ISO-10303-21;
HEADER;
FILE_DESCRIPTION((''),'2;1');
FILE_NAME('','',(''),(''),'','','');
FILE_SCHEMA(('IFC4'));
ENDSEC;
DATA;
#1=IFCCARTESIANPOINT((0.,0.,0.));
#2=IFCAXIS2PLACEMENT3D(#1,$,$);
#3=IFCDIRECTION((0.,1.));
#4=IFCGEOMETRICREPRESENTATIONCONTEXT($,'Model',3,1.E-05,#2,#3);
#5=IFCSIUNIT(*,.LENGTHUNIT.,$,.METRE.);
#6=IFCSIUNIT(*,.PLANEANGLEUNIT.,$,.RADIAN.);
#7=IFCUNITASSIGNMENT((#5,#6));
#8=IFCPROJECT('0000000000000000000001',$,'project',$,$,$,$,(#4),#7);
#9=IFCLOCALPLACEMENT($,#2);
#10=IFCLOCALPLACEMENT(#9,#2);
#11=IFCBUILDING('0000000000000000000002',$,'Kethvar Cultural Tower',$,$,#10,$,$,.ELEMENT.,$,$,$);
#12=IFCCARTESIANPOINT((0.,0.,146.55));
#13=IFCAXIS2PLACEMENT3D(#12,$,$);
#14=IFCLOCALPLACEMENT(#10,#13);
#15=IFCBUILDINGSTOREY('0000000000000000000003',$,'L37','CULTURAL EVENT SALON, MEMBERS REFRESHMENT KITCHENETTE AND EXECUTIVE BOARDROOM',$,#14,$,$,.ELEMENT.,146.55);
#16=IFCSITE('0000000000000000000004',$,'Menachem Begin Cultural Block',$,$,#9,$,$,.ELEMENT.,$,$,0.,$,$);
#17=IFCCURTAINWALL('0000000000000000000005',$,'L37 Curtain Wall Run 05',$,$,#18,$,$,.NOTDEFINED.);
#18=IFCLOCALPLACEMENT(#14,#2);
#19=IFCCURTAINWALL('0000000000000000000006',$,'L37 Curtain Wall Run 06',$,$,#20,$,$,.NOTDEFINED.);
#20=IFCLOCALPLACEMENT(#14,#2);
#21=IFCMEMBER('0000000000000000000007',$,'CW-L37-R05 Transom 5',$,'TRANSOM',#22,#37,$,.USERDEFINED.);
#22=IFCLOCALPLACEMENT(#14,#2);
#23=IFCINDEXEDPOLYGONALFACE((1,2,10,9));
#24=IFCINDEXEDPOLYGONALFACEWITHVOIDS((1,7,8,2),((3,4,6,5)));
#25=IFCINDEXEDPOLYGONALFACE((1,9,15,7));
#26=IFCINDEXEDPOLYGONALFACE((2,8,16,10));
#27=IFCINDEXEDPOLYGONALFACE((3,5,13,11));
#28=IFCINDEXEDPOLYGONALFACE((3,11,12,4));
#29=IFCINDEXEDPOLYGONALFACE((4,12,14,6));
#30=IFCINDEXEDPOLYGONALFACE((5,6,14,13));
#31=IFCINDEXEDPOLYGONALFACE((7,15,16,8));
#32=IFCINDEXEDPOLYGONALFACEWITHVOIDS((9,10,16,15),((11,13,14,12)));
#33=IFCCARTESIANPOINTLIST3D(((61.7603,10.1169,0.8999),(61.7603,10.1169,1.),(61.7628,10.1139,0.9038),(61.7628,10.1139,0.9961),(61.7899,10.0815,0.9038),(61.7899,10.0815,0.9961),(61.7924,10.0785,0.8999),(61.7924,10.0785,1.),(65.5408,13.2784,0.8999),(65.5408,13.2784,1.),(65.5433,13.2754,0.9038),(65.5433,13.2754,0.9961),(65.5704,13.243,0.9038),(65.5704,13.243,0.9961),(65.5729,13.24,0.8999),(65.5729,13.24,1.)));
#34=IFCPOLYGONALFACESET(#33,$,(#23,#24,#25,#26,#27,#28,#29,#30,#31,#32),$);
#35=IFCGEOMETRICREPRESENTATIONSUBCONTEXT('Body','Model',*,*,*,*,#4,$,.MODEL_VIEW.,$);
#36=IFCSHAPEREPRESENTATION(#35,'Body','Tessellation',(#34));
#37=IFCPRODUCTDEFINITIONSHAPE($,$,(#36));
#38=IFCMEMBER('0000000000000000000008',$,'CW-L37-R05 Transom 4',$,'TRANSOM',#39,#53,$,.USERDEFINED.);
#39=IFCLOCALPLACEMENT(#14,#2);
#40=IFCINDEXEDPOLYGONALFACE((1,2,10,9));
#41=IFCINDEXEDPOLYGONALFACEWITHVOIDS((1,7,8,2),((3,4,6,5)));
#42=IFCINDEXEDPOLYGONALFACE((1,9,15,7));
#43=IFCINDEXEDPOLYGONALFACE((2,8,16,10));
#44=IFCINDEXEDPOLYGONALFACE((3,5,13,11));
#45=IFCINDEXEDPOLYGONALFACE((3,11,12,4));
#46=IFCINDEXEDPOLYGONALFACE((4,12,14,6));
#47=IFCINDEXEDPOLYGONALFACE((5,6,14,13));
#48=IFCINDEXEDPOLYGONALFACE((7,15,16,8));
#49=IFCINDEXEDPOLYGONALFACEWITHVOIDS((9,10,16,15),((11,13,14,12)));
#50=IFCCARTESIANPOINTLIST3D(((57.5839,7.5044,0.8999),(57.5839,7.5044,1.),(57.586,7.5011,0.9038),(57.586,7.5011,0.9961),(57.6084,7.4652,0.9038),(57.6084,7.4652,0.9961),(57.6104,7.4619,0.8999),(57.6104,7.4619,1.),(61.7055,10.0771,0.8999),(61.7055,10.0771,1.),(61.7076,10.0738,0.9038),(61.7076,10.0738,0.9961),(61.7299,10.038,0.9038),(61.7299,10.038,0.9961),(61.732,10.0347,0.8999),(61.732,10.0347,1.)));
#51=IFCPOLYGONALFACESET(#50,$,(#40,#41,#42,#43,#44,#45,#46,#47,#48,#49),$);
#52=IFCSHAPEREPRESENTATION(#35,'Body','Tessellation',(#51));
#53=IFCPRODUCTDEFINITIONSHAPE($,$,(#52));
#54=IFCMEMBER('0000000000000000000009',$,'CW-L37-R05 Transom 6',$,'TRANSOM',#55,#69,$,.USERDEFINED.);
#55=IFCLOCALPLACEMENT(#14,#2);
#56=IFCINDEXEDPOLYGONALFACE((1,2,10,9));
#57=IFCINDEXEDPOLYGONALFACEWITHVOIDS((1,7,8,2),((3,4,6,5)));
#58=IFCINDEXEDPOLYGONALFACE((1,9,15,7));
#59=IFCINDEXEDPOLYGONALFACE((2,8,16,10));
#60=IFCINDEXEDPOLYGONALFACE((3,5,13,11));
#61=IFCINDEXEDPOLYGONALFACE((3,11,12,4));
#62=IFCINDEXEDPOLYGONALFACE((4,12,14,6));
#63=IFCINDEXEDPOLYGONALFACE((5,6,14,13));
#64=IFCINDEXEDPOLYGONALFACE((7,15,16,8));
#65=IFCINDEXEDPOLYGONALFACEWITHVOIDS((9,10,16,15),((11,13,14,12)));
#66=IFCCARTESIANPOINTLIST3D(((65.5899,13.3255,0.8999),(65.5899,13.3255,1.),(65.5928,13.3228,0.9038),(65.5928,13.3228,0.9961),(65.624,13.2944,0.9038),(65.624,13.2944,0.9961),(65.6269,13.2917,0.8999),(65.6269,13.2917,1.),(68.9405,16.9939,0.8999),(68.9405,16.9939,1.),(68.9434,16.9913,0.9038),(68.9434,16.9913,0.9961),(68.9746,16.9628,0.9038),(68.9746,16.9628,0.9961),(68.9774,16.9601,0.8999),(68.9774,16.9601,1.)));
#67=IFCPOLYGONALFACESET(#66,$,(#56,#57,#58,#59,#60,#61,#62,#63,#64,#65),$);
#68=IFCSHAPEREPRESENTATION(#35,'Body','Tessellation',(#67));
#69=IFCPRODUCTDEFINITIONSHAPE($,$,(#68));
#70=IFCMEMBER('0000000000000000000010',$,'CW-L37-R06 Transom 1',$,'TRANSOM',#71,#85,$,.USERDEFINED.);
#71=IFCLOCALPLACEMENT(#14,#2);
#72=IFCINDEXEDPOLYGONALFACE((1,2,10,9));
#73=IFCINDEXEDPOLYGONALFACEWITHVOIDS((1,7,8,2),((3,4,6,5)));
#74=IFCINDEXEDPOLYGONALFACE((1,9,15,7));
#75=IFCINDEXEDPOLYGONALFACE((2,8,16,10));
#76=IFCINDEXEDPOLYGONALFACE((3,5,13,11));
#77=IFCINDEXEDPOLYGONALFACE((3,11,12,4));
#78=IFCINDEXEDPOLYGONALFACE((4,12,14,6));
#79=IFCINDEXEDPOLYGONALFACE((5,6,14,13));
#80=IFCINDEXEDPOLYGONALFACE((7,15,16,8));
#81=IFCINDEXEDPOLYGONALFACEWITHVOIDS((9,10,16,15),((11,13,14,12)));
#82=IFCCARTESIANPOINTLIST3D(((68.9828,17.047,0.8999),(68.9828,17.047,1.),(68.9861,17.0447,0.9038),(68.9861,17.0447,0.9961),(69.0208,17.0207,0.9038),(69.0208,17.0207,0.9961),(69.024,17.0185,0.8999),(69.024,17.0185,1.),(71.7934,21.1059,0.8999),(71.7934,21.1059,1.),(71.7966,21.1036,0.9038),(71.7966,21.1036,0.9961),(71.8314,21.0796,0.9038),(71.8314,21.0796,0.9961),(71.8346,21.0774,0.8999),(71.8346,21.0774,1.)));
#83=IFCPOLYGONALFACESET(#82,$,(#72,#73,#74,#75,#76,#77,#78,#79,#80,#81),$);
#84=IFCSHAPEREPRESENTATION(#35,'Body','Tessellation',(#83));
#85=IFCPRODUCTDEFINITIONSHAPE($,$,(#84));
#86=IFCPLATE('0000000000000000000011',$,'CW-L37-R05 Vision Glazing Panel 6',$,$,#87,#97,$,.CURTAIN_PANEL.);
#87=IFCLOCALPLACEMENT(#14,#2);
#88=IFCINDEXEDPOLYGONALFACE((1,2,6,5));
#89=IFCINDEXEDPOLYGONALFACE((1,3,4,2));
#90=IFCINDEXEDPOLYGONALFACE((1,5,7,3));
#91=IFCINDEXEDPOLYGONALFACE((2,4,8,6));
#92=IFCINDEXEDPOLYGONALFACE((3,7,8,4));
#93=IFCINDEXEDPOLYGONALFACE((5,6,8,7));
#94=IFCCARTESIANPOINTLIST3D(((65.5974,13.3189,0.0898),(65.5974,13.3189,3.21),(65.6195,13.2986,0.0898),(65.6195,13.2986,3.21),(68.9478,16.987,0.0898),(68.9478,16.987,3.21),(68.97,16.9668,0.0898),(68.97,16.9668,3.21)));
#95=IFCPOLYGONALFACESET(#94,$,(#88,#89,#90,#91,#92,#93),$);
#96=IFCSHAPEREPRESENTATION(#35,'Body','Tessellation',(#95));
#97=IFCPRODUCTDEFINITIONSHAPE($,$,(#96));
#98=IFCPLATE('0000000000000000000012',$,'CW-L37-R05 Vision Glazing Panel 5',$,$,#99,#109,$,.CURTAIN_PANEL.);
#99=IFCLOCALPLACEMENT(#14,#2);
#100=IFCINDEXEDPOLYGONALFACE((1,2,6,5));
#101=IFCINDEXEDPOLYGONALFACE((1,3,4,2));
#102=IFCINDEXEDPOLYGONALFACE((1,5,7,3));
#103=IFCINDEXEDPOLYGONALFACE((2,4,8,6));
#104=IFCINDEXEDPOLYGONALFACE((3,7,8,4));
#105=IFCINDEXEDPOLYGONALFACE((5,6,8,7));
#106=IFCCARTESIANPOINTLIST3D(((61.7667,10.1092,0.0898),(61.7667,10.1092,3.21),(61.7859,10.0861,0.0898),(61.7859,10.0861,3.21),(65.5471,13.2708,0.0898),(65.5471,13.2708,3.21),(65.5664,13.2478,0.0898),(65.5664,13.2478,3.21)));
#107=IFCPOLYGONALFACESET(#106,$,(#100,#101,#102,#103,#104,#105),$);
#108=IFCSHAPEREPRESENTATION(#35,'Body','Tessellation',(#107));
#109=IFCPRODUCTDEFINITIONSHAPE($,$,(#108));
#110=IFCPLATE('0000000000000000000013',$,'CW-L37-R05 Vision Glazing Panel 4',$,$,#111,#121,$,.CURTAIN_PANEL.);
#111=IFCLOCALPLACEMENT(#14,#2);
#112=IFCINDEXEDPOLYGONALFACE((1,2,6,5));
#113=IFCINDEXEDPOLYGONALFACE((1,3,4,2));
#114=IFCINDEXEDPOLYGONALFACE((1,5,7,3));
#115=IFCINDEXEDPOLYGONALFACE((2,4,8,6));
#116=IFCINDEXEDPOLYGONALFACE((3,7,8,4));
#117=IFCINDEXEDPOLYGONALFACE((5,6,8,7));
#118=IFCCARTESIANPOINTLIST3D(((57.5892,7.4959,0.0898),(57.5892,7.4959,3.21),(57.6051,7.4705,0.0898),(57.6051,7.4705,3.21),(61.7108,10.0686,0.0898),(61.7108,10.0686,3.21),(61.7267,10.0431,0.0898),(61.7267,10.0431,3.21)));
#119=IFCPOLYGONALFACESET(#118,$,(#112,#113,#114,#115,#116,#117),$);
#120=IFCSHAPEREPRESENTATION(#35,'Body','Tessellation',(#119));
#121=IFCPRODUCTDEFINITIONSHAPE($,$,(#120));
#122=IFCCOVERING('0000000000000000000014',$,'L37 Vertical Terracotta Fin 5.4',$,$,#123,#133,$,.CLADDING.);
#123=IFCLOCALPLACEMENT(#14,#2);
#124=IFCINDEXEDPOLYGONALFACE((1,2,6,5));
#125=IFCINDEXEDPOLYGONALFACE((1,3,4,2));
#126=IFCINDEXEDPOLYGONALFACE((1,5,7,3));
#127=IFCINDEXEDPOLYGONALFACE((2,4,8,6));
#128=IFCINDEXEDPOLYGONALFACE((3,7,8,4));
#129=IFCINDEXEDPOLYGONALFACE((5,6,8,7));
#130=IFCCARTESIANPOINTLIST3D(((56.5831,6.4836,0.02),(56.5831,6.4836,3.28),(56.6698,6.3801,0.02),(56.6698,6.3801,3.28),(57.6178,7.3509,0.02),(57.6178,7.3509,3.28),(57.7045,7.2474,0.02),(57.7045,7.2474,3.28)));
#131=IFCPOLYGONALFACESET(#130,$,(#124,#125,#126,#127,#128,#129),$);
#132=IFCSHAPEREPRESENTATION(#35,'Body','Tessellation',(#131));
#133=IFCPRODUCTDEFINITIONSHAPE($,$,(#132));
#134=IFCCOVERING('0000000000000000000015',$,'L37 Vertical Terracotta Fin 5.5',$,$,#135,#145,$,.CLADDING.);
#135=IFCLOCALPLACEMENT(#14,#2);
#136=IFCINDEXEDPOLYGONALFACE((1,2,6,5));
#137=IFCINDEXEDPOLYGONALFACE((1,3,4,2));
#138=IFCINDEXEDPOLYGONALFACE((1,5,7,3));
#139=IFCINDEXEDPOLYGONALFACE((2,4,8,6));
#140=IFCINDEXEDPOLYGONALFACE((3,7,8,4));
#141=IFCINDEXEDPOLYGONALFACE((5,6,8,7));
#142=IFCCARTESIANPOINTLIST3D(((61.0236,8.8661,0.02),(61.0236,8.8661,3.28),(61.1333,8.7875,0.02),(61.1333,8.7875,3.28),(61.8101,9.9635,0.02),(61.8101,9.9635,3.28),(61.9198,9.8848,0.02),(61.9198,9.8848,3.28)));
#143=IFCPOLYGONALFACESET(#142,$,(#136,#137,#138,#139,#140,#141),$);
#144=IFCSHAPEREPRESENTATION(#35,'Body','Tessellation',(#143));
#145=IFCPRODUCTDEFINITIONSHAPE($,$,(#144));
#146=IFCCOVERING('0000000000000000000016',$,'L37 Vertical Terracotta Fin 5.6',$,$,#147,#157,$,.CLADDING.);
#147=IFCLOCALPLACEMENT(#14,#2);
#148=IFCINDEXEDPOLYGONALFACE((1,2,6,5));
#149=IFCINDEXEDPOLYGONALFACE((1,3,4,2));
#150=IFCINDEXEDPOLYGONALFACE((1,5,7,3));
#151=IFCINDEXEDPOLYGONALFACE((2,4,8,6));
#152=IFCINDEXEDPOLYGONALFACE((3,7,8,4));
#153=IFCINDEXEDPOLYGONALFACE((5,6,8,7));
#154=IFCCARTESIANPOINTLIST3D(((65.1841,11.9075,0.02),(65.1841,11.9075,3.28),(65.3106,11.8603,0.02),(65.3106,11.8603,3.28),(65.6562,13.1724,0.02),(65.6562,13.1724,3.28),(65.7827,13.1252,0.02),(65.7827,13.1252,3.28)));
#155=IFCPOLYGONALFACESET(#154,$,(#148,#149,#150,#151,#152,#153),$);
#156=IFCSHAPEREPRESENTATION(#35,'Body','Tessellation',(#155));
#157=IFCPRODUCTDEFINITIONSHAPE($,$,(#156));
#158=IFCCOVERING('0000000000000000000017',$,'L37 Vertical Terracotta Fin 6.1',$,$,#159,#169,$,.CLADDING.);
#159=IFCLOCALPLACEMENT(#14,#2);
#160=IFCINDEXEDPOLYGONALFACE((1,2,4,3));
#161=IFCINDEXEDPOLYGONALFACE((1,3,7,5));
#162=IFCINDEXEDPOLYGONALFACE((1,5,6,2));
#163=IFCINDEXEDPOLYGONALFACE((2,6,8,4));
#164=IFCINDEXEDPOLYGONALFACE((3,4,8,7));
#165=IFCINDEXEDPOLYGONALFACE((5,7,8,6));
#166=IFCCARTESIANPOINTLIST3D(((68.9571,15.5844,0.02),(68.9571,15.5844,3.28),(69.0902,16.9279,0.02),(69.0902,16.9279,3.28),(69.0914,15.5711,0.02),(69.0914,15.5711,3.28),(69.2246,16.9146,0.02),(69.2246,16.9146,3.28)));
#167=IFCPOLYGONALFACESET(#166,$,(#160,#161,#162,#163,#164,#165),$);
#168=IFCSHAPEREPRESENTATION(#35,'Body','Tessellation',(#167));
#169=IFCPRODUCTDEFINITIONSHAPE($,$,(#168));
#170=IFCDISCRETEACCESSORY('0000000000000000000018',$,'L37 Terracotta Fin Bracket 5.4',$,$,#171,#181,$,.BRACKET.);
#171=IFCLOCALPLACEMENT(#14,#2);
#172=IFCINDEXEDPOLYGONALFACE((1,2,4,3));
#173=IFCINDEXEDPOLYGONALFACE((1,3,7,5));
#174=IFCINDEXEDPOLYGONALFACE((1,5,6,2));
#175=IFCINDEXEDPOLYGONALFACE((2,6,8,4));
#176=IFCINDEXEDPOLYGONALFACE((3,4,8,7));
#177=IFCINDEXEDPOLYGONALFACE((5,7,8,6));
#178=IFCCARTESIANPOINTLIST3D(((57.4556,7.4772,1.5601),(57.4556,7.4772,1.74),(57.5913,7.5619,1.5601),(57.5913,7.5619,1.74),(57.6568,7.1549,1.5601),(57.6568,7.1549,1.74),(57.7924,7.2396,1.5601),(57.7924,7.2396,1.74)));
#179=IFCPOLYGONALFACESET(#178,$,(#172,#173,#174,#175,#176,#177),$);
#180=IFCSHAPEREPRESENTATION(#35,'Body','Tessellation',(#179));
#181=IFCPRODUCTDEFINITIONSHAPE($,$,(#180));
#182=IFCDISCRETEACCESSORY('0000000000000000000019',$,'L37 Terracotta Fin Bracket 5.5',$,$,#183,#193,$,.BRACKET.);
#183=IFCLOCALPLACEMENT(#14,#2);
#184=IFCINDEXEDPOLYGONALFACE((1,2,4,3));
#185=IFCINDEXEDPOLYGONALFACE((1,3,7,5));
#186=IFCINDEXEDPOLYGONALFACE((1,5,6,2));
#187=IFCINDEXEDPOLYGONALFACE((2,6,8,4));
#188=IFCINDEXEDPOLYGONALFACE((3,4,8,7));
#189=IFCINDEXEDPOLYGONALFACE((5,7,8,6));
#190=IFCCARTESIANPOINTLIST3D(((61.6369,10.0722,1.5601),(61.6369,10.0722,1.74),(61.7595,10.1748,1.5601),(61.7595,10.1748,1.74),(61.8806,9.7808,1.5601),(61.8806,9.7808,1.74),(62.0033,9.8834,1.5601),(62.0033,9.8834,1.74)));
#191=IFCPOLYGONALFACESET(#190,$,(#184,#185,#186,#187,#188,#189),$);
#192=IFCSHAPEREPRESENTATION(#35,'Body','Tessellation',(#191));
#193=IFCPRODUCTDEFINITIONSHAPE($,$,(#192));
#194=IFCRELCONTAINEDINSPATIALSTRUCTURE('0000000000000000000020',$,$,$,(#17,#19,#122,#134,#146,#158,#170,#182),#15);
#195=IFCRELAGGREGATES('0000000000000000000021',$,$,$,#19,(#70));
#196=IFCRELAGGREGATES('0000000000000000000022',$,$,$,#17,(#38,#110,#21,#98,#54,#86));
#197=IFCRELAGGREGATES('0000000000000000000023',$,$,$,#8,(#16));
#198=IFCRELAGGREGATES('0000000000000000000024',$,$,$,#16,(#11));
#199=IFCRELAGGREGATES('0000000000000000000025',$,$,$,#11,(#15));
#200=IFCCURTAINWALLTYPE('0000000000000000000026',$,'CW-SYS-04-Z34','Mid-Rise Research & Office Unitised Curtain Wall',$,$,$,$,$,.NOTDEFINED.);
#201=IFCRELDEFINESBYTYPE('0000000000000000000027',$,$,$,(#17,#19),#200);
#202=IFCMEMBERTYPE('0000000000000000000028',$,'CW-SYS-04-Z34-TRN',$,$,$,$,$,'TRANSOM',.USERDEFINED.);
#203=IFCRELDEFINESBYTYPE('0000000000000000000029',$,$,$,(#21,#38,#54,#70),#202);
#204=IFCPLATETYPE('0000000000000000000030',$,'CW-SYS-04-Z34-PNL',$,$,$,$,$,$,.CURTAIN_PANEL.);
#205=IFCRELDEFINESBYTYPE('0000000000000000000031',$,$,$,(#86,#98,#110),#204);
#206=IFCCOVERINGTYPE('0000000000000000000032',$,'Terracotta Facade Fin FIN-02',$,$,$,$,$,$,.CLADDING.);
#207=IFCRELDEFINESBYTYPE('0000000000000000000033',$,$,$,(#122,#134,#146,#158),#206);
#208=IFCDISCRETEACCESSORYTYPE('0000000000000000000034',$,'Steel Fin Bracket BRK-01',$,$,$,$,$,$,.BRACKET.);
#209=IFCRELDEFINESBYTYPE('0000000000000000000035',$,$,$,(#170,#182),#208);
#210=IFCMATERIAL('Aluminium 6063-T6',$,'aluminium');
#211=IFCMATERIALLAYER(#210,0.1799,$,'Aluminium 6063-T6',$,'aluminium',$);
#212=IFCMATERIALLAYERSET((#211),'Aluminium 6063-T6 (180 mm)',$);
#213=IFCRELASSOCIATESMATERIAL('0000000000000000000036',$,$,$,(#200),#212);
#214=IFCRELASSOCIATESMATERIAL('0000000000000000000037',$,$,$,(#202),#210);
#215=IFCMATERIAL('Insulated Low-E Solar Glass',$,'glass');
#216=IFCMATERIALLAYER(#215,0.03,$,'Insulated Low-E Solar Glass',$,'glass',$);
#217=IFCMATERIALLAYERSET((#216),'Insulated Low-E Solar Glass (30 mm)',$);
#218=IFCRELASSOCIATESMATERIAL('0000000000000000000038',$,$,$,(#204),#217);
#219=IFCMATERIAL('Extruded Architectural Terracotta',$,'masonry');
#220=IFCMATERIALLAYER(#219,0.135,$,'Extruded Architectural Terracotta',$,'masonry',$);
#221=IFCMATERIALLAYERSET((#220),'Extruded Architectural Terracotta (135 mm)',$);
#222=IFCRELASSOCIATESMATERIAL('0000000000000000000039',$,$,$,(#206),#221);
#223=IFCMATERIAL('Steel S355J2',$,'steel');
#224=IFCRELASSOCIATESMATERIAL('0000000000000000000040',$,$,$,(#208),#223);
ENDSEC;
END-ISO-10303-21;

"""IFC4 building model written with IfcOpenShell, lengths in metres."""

from ifc_helpers import new_model, si_unit, direction, frame, origin, origin_2d, place, context, subcontext, project, spatial, rectangle, hollow_rectangle, extrude, source, transform, mapped, material, layer, layer_set, material_profile, profile_set, type_object, element, aggregate, save


model = new_model("IFC4")

# Units and contexts
model_context = context("Model", 3, precision=1e-05, world=origin(), true_north=direction((0.0, 1.0)))
body_context = subcontext(model_context, "Body", "Model", "MODEL_VIEW")
ifc_project = project(units=[si_unit("LENGTHUNIT", "METRE"), si_unit("PLANEANGLEUNIT", "RADIAN")], contexts=[model_context])

# Site, building, storey
site_placement = place(None, origin())
site = spatial("IfcSite", under=ifc_project, at=site_placement, Name="Menachem Begin Cultural Block", CompositionType="ELEMENT", RefElevation=0.0)
building_placement = place(site_placement, origin())
building = spatial("IfcBuilding", under=site, at=building_placement, Name="Kethvar Cultural Tower", CompositionType="ELEMENT")
storey_placement = place(building_placement, frame((0.0, 0.0, 146.55)))
storey = spatial("IfcBuildingStorey", under=building, at=storey_placement, Name="L37", Description="CULTURAL EVENT SALON, MEMBERS REFRESHMENT KITCHENETTE AND EXECUTIVE BOARDROOM", CompositionType="ELEMENT", Elevation=146.55)

# Shared definitions
ifc_material_1 = material(Name="Steel S355J2", Category="steel")

# Curtain wall
ifc_material_2 = material(Name="Aluminium 6063-T6", Category="aluminium")
ifc_layer_1 = layer(ifc_material_2, 0.1799, Name="Aluminium 6063-T6", Category="aluminium")
ifc_layer_set_1 = layer_set([ifc_layer_1], Name="Aluminium 6063-T6 (180 mm)")
curtain_wall_type = type_object("IfcCurtainWallType", Name="CW-SYS-04-Z34", Description="Mid-Rise Research & Office Unitised Curtain Wall", PredefinedType="NOTDEFINED", material=ifc_layer_set_1)
curtain_wall_1_placement = place(storey_placement, origin())
curtain_wall_1 = element("IfcCurtainWall", 1, at=curtain_wall_1_placement, inside=storey, type_object=curtain_wall_type, Name="L37 Curtain Wall Run 05", PredefinedType="NOTDEFINED")

# Curtain wall
curtain_wall_2_placement = place(storey_placement, origin())
curtain_wall_2 = element("IfcCurtainWall", 2, at=curtain_wall_2_placement, inside=storey, type_object=curtain_wall_type, Name="L37 Curtain Wall Run 06", PredefinedType="NOTDEFINED")

# Members
ifc_material_profile_1 = material_profile(ifc_material_2, hollow_rectangle(XDim=0.05, YDim=0.1001, WallThickness=0.0039, at=origin_2d()), Name="Aluminium 6063-T6 — RHS100x50x4")
ifc_profile_set_1 = profile_set([ifc_material_profile_1], Name="Aluminium 6063-T6 — RHS100x50x4")
member_type_1 = type_object("IfcMemberType", Name="CW-SYS-04-Z34-TRN", ElementType="TRANSOM", PredefinedType="USERDEFINED", material=ifc_profile_set_1)
shared_shape_1 = source(origin(), body_context, "Body", "SweptSolid", [
    extrude(hollow_rectangle(XDim=0.05, YDim=0.1001, WallThickness=0.0039, at=origin_2d()), origin(), (0.0, 0.0, 1.0), 4.9282),
])
member_1_placement = place(storey_placement, frame((61.7764, 10.0977, 0.95), z_axis=(0.767103, 0.641523, 0.0), x_axis=(-0.641523, 0.767103, 0.0)))
member_1 = element("IfcMember", 3, at=member_1_placement, type_object=member_type_1, Name="CW-L37-R05 Transom 5", ObjectType="TRANSOM", PredefinedType="USERDEFINED", context=body_context, shape_type="MappedRepresentation", body=[
    mapped(shared_shape_1, transform((0.0, 0.0, 0.0), scale=1.0)),
])
shared_shape_2 = source(origin(), body_context, "Body", "SweptSolid", [
    extrude(hollow_rectangle(XDim=0.05, YDim=0.1001, WallThickness=0.0039, at=origin_2d()), origin(), (0.0, 0.0, 1.0), 4.8586),
])
member_2_placement = place(storey_placement, frame((57.5972, 7.4832, 0.95), z_axis=(0.848297, 0.52952, 0.0), x_axis=(-0.52952, 0.848297, 0.0)))
member_2 = element("IfcMember", 4, at=member_2_placement, type_object=member_type_1, Name="CW-L37-R05 Transom 4", ObjectType="TRANSOM", PredefinedType="USERDEFINED", context=body_context, shape_type="MappedRepresentation", body=[
    mapped(shared_shape_2, transform((0.0, 0.0, 0.0), scale=1.0)),
])
shared_shape_3 = source(origin(), body_context, "Body", "SweptSolid", [
    extrude(hollow_rectangle(XDim=0.05, YDim=0.1001, WallThickness=0.0039, at=origin_2d()), origin(), (0.0, 0.0, 1.0), 4.9683),
])
member_3_placement = place(storey_placement, frame((65.6084, 13.3086, 0.95), z_axis=(0.674393, 0.738373, 0.0), x_axis=(-0.738373, 0.674393, 0.0)))
member_3 = element("IfcMember", 5, at=member_3_placement, type_object=member_type_1, Name="CW-L37-R05 Transom 6", ObjectType="TRANSOM", PredefinedType="USERDEFINED", context=body_context, shape_type="MappedRepresentation", body=[
    mapped(shared_shape_3, transform((0.0, 0.0, 0.0), scale=1.0)),
])
shared_shape_4 = source(origin(), body_context, "Body", "SweptSolid", [
    extrude(hollow_rectangle(XDim=0.05, YDim=0.1001, WallThickness=0.0039, at=origin_2d()), origin(), (0.0, 0.0, 1.0), 4.937),
])
member_4_placement = place(storey_placement, frame((69.0034, 17.0327, 0.95), z_axis=(0.56929, 0.822137, 0.0), x_axis=(-0.822137, 0.56929, 0.0)))
member_4 = element("IfcMember", 6, at=member_4_placement, type_object=member_type_1, Name="CW-L37-R06 Transom 1", ObjectType="TRANSOM", PredefinedType="USERDEFINED", context=body_context, shape_type="MappedRepresentation", body=[
    mapped(shared_shape_4, transform((0.0, 0.0, 0.0), scale=1.0)),
])
aggregate(curtain_wall_2, [member_4])

# Plates
ifc_material_3 = material(Name="Insulated Low-E Solar Glass", Category="glass")
ifc_layer_2 = layer(ifc_material_3, 0.03, Name="Insulated Low-E Solar Glass", Category="glass")
ifc_layer_set_2 = layer_set([ifc_layer_2], Name="Insulated Low-E Solar Glass (30 mm)")
plate_type = type_object("IfcPlateType", Name="CW-SYS-04-Z34-PNL", PredefinedType="CURTAIN_PANEL", material=ifc_layer_set_2)
shared_shape_5 = source(origin(), body_context, "Body", "SweptSolid", [
    extrude(rectangle(XDim=4.968, YDim=0.03, at=origin_2d()), origin(), (0.0, 0.0, 1.0), 3.1201),
])
plate_1_placement = place(storey_placement, frame((67.2837, 15.1428, 0.0898), z_axis=(0.0, 0.0, 1.0), x_axis=(0.674405, 0.738361, 0.0)))
plate_1 = element("IfcPlate", 7, at=plate_1_placement, type_object=plate_type, Name="CW-L37-R05 Vision Glazing Panel 6", PredefinedType="CURTAIN_PANEL", context=body_context, shape_type="MappedRepresentation", body=[
    mapped(shared_shape_5, transform((0.0, 0.0, 0.0), scale=1.0)),
])
shared_shape_6 = source(origin(), body_context, "Body", "SweptSolid", [
    extrude(rectangle(XDim=4.9282, YDim=0.03, at=origin_2d()), origin(), (0.0, 0.0, 1.0), 3.1201),
])
plate_2_placement = place(storey_placement, frame((63.6665, 11.6785, 0.0898), z_axis=(0.0, 0.0, 1.0), x_axis=(0.767098, 0.64153, 0.0)))
plate_2 = element("IfcPlate", 8, at=plate_2_placement, type_object=plate_type, Name="CW-L37-R05 Vision Glazing Panel 5", PredefinedType="CURTAIN_PANEL", context=body_context, shape_type="MappedRepresentation", body=[
    mapped(shared_shape_6, transform((0.0, 0.0, 0.0), scale=1.0)),
])
shared_shape_7 = source(origin(), body_context, "Body", "SweptSolid", [
    extrude(rectangle(XDim=4.8586, YDim=0.03, at=origin_2d()), origin(), (0.0, 0.0, 1.0), 3.1201),
])
plate_3_placement = place(storey_placement, frame((59.658, 8.7695, 0.0898), z_axis=(0.0, 0.0, 1.0), x_axis=(0.848307, 0.529505, 0.0)))
plate_3 = element("IfcPlate", 9, at=plate_3_placement, type_object=plate_type, Name="CW-L37-R05 Vision Glazing Panel 4", PredefinedType="CURTAIN_PANEL", context=body_context, shape_type="MappedRepresentation", body=[
    mapped(shared_shape_7, transform((0.0, 0.0, 0.0), scale=1.0)),
])
aggregate(curtain_wall_1, [member_2, plate_3, member_1, plate_2, member_3, plate_1])

# Coverings
ifc_material_4 = material(Name="Extruded Architectural Terracotta", Category="masonry")
ifc_layer_3 = layer(ifc_material_4, 0.135, Name="Extruded Architectural Terracotta", Category="masonry")
ifc_layer_set_3 = layer_set([ifc_layer_3], Name="Extruded Architectural Terracotta (135 mm)")
covering_type = type_object("IfcCoveringType", Name="Terracotta Facade Fin FIN-02", PredefinedType="CLADDING", material=ifc_layer_set_3)
shared_shape_8 = source(origin(), body_context, "Body", "SweptSolid", [
    extrude(rectangle(XDim=1.3501, YDim=0.135, at=origin_2d()), origin(), (0.0, 0.0, 1.0), 3.26),
])
for number, where, z_axis, x_axis, name in (
    (10, (57.1438, 6.8655, 0.02), (0.0, 0.0, 1.0), (-0.766381, -0.642386, 0.0), "L37 Vertical Terracotta Fin 5.4"),
    (11, (61.4717, 9.3755, 0.02), (0.0, 0.0, 1.0), (-0.582549, -0.812796, 0.0), "L37 Vertical Terracotta Fin 5.5"),
    (12, (65.4834, 12.5164, 0.02), (0.0, 0.0, 1.0), (-0.349717, -0.936855, 0.0), "L37 Vertical Terracotta Fin 5.6"),
    (13, (69.0908, 16.2495, 0.02), (0.0, 0.0, 1.0), (-0.098625, -0.995125, 0.0), "L37 Vertical Terracotta Fin 6.1"),
):
    element("IfcCovering", number, at=place(storey_placement, frame(where, z_axis=z_axis, x_axis=x_axis)), inside=storey, type_object=covering_type, Name=name, PredefinedType="CLADDING", context=body_context, shape_type="MappedRepresentation", body=[
        mapped(shared_shape_8, transform((0.0, 0.0, 0.0), scale=1.0)),
    ])

# Discrete accessories
discrete_accessory_type = type_object("IfcDiscreteAccessoryType", Name="Steel Fin Bracket BRK-01", PredefinedType="BRACKET", material=ifc_material_1)
shared_shape_9 = source(origin(), body_context, "Body", "SweptSolid", [
    extrude(rectangle(XDim=0.3799, YDim=0.1599, at=origin_2d()), origin(), (0.0, 0.0, 1.0), 0.1799),
])
for number, where, z_axis, x_axis, name in (
    (14, (57.624, 7.3584, 1.5601), (0.0, 0.0, 1.0), (0.529475, -0.848325, 0.0), "L37 Terracotta Fin Bracket 5.4"),
    (15, (61.8201, 9.9778, 1.5601), (0.0, 0.0, 1.0), (0.641584, -0.767053, 0.0), "L37 Terracotta Fin Bracket 5.5"),
):
    element("IfcDiscreteAccessory", number, at=place(storey_placement, frame(where, z_axis=z_axis, x_axis=x_axis)), inside=storey, type_object=discrete_accessory_type, Name=name, PredefinedType="BRACKET", context=body_context, shape_type="MappedRepresentation", body=[
        mapped(shared_shape_9, transform((0.0, 0.0, 0.0), scale=1.0)),
    ])

save(model, "model.ifc")
